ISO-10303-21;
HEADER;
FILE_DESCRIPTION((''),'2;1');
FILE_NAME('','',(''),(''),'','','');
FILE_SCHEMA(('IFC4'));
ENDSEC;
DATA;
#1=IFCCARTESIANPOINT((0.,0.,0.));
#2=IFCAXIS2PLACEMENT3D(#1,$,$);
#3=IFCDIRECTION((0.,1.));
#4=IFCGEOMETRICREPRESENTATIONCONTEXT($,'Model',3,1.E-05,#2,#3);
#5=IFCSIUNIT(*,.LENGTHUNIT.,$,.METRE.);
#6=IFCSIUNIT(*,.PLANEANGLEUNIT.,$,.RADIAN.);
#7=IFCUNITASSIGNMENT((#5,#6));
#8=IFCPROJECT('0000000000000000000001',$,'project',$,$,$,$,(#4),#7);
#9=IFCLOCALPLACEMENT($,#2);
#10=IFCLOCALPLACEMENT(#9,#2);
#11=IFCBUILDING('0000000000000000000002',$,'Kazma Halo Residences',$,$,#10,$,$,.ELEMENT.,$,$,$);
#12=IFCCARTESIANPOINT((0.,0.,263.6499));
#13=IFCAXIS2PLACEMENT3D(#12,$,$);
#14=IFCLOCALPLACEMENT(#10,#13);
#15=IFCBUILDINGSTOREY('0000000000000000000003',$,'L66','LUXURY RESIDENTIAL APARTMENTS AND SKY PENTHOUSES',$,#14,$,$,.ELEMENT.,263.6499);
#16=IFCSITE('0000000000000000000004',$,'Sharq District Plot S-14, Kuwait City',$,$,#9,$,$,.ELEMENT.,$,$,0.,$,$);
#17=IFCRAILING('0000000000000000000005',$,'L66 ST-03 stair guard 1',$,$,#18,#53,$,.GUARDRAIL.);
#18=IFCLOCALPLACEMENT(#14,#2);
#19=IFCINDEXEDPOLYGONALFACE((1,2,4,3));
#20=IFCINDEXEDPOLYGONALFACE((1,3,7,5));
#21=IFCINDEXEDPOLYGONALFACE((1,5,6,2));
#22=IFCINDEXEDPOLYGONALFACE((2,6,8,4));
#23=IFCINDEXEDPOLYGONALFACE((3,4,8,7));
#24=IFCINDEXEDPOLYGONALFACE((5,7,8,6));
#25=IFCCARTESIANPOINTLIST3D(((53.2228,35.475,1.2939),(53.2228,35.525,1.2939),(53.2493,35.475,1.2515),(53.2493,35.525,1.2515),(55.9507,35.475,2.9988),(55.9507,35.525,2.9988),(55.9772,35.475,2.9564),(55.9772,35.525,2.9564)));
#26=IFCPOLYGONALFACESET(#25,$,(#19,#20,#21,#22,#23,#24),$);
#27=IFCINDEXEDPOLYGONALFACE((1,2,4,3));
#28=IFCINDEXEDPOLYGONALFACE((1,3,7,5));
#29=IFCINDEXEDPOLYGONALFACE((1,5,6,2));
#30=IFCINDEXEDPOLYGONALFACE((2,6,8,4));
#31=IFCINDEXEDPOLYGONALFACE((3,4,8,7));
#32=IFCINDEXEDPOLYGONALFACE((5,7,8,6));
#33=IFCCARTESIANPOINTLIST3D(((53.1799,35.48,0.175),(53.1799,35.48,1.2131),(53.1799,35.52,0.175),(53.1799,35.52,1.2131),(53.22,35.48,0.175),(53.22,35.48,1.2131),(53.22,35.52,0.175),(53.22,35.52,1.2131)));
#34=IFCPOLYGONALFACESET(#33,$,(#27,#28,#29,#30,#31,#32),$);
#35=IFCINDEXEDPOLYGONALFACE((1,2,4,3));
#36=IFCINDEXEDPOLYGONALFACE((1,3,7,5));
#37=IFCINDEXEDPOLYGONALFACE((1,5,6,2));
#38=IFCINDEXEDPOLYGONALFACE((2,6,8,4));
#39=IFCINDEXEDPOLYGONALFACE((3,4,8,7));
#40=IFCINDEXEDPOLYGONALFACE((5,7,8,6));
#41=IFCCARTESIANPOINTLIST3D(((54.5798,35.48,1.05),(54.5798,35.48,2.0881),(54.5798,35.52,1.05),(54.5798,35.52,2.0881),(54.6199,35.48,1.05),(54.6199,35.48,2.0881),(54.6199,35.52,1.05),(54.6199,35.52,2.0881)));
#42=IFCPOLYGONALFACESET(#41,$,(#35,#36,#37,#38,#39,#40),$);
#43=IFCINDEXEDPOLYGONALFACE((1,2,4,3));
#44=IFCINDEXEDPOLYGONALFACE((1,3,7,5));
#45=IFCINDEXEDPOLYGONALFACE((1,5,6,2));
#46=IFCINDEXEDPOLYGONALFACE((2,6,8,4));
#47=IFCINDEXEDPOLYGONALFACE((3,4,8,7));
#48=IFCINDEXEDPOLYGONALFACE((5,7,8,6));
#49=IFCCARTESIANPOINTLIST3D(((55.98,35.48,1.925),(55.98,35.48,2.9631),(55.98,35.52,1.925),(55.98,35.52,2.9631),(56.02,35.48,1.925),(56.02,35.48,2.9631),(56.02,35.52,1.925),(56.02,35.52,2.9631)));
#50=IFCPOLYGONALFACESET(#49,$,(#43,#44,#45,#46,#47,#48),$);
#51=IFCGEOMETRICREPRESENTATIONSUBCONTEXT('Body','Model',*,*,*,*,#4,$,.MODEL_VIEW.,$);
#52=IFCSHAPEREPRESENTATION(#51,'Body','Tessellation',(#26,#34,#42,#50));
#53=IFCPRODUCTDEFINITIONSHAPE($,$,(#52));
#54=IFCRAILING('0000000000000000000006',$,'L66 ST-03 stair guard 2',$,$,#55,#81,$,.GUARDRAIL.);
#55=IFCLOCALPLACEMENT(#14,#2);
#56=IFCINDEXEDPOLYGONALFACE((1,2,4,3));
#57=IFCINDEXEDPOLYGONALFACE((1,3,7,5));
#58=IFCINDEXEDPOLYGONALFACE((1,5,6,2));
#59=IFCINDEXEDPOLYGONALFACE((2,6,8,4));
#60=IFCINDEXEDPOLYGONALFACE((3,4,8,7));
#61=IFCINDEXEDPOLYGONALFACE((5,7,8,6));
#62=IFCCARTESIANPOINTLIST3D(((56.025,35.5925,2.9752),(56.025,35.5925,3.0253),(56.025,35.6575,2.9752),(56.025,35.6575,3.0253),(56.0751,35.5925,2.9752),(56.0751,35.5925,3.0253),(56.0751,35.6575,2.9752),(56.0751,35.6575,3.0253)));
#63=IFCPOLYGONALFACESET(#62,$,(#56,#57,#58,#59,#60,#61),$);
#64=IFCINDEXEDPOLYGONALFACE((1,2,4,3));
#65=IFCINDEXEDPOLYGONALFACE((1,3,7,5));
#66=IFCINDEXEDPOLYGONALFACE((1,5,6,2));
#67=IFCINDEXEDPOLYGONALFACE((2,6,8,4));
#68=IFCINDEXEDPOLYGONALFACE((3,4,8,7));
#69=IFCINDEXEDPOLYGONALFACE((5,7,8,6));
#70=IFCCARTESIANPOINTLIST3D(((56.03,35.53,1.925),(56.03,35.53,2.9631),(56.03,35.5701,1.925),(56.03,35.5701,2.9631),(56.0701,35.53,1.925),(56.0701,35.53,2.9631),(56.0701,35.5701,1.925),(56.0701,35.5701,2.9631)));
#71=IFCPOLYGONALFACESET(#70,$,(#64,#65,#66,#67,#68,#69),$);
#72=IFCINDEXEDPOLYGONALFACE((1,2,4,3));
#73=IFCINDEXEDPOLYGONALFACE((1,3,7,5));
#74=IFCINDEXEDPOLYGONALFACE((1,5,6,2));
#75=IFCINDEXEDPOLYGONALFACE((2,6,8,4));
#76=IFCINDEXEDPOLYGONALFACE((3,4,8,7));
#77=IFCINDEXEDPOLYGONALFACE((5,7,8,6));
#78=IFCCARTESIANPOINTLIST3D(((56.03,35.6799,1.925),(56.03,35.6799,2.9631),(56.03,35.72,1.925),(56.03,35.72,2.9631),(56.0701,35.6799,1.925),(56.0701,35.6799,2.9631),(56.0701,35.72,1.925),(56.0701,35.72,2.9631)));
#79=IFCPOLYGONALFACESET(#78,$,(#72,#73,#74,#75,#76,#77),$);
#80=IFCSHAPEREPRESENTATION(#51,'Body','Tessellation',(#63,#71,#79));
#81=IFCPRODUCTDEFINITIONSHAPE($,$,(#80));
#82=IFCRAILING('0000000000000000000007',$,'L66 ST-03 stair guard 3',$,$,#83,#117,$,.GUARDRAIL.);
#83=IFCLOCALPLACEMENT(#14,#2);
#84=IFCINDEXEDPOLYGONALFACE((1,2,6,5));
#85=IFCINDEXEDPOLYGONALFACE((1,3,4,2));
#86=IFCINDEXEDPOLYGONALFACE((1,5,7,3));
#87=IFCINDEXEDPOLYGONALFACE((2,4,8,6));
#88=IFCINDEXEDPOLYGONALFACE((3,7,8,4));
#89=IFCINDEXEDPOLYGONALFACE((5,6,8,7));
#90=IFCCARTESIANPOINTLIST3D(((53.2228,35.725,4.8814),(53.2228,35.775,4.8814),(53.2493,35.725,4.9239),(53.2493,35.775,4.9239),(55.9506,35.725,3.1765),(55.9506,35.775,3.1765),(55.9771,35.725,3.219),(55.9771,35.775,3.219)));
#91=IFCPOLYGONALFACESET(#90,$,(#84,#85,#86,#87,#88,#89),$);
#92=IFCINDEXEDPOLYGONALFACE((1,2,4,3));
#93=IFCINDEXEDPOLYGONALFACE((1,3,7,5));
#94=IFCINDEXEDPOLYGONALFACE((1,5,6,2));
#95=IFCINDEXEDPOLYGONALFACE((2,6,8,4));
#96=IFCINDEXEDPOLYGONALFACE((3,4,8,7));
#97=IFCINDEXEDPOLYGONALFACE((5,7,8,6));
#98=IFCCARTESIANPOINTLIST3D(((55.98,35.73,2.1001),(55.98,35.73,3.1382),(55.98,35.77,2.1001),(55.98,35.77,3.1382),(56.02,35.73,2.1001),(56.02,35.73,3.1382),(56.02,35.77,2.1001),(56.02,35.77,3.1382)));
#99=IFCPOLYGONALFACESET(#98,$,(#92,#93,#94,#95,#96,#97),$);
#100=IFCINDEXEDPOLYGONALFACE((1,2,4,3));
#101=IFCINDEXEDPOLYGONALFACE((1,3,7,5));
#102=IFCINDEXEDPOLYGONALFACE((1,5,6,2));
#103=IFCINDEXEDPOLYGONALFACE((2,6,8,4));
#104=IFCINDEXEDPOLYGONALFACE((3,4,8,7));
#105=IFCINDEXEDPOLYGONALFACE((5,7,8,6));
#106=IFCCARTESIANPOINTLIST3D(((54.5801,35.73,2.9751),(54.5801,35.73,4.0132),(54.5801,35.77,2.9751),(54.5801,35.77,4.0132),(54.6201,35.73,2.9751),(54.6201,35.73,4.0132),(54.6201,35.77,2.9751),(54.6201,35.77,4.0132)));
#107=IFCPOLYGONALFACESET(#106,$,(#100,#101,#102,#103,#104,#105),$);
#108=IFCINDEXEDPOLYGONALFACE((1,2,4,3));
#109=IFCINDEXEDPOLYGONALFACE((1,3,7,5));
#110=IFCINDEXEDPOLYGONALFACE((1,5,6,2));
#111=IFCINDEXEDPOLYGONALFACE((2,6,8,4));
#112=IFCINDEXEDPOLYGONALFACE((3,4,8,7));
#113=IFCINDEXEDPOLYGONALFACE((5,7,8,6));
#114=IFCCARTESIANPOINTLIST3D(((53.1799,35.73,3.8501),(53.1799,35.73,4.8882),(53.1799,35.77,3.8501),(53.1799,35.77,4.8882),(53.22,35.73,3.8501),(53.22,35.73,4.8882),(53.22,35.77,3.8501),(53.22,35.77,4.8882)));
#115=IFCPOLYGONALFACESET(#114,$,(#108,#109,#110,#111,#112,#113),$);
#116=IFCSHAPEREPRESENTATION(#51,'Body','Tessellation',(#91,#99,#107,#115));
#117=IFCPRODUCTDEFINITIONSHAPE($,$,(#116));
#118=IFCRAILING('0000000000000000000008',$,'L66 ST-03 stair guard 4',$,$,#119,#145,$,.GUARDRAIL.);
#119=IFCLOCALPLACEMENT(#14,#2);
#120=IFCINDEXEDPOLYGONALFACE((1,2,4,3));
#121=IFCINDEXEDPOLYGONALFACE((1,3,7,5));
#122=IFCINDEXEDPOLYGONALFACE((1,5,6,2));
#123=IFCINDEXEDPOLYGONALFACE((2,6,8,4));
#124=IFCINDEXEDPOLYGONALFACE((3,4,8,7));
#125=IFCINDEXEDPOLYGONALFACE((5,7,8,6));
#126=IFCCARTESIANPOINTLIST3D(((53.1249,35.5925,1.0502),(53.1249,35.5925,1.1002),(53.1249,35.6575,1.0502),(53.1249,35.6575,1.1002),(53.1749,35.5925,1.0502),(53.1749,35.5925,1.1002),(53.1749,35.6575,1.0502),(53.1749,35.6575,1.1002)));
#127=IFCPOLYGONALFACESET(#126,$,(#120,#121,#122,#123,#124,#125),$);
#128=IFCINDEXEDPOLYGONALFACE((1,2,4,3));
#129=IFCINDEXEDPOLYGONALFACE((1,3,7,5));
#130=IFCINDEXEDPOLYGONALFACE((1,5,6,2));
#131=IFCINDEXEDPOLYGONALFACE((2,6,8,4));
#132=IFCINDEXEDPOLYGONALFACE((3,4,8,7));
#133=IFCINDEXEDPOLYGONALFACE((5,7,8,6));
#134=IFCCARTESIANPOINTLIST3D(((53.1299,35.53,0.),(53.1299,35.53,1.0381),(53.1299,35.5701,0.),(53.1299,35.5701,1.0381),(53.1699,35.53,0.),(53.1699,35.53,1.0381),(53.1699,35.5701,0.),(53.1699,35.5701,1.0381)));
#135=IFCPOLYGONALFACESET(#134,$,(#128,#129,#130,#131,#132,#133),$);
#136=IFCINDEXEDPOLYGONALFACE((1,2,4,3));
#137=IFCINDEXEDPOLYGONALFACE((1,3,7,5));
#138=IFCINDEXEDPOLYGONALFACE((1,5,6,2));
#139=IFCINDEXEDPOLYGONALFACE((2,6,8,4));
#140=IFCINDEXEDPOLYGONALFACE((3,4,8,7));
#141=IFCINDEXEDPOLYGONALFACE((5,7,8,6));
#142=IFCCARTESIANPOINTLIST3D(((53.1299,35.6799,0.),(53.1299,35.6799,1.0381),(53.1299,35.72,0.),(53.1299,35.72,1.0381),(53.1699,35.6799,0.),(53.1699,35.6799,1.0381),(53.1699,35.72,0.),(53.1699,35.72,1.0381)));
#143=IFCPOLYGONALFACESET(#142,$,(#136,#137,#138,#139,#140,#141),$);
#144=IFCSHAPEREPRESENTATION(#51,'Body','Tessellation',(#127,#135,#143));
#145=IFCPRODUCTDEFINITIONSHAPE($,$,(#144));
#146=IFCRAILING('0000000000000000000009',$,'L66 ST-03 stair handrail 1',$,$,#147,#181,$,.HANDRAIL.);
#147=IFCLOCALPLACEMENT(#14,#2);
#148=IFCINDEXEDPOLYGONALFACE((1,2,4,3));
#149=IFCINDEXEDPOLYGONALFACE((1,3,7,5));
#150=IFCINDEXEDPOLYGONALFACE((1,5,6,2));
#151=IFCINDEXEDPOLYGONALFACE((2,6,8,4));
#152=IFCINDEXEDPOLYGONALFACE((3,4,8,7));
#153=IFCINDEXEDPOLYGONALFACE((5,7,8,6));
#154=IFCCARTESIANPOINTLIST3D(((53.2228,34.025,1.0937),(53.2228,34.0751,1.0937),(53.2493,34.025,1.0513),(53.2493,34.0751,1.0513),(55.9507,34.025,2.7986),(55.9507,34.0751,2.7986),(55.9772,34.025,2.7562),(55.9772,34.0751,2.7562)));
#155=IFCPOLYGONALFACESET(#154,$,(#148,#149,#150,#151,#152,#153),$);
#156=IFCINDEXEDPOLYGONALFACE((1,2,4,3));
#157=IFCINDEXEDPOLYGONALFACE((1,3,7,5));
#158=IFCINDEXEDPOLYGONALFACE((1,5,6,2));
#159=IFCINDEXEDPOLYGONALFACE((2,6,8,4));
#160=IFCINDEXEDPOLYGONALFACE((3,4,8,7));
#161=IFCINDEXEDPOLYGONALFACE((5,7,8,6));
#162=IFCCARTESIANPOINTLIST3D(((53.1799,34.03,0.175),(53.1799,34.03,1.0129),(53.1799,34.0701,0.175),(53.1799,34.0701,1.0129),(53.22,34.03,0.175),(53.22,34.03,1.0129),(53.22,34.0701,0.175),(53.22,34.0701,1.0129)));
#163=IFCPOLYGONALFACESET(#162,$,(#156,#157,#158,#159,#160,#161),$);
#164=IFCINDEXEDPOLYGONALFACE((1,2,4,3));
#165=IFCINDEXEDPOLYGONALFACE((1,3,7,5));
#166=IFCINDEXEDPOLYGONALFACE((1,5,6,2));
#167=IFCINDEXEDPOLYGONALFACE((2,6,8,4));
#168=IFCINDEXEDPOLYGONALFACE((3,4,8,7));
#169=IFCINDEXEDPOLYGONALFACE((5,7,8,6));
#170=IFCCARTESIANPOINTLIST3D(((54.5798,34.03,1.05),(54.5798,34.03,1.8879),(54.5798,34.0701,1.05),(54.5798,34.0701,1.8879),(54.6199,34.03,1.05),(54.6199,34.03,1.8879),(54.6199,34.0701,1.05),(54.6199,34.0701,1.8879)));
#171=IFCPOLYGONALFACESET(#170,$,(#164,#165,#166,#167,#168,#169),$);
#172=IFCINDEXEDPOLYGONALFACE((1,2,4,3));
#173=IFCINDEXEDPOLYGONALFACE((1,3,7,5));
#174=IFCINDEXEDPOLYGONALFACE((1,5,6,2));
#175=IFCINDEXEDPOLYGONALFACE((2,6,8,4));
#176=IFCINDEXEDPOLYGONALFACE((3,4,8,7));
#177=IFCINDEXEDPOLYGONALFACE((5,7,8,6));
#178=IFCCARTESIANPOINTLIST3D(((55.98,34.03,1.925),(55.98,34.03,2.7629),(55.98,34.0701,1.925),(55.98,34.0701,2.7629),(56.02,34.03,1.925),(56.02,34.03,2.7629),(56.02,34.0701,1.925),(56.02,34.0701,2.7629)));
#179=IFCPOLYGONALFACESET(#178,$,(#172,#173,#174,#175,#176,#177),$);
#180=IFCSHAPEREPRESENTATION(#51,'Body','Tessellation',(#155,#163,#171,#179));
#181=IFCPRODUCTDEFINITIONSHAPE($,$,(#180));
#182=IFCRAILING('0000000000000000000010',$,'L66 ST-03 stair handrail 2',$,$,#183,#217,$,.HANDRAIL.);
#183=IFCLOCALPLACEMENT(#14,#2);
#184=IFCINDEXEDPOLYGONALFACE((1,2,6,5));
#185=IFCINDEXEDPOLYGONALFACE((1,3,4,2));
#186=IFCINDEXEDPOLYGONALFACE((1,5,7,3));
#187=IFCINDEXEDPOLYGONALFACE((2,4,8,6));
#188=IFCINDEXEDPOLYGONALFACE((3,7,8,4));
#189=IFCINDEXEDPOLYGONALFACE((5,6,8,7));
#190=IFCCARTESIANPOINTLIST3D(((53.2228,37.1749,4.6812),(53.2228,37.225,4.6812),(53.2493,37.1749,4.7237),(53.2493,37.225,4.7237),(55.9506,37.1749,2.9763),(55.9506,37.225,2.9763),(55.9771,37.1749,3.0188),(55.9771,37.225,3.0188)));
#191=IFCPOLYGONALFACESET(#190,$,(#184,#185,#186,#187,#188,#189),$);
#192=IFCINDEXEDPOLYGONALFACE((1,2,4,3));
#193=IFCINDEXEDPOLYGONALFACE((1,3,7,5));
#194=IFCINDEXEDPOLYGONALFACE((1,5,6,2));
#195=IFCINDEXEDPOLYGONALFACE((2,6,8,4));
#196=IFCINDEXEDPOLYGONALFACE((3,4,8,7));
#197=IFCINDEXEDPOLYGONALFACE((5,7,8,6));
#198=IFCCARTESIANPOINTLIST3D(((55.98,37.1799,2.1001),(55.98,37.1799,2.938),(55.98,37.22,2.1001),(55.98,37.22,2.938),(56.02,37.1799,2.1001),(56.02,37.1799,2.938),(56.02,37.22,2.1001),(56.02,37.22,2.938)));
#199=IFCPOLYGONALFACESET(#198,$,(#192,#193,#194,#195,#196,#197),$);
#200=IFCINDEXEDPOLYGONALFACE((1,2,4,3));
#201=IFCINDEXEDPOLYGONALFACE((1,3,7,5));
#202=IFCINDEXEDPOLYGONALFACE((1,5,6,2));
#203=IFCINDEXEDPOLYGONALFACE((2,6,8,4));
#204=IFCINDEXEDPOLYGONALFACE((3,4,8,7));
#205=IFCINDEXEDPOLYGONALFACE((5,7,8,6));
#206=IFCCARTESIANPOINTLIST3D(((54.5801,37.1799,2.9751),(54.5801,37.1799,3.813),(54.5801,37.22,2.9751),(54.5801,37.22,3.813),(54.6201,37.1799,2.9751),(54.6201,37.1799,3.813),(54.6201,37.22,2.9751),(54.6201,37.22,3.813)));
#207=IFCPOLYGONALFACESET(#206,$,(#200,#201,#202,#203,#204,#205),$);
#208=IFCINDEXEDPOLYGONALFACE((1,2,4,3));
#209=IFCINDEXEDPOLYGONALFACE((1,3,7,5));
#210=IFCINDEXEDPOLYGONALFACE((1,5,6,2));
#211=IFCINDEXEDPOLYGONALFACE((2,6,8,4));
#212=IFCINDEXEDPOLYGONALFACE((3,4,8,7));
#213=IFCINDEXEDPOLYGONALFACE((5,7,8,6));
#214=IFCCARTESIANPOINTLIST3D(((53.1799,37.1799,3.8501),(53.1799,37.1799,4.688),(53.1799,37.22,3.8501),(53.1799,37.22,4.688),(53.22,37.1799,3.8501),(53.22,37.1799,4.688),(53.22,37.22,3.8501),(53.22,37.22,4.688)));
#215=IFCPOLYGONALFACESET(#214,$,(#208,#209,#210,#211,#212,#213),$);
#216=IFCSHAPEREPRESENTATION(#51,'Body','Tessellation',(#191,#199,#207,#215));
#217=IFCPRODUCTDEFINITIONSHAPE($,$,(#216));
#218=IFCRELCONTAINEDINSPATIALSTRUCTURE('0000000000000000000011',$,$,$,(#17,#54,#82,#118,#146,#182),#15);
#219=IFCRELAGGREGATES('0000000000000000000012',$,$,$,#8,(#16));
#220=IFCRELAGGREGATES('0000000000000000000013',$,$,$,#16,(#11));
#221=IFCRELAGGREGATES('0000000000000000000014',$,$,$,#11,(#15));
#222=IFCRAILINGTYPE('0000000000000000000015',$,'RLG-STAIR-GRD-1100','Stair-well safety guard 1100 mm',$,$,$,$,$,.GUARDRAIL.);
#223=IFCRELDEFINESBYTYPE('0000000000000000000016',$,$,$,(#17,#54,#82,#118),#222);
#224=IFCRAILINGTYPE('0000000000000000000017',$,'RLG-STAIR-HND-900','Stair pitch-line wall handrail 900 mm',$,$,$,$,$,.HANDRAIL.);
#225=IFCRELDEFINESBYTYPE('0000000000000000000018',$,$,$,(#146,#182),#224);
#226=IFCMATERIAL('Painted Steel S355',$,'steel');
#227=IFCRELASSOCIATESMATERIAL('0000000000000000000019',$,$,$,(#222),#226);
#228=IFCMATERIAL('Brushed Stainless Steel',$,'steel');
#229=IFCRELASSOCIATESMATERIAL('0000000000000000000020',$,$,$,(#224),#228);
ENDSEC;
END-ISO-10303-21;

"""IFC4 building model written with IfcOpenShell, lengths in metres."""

from ifc_helpers import new_model, si_unit, direction, frame, origin, origin_2d, place, context, subcontext, project, spatial, rectangle, extrude, material, type_object, element, save


model = new_model("IFC4")

# Units and contexts
model_context = context("Model", 3, precision=1e-05, world=origin(), true_north=direction((0.0, 1.0)))
body_context = subcontext(model_context, "Body", "Model", "MODEL_VIEW")
ifc_project = project(units=[si_unit("LENGTHUNIT", "METRE"), si_unit("PLANEANGLEUNIT", "RADIAN")], contexts=[model_context])

# Site, building, storey
site_placement = place(None, origin())
site = spatial("IfcSite", under=ifc_project, at=site_placement, Name="Sharq District Plot S-14, Kuwait City", CompositionType="ELEMENT", RefElevation=0.0)
building_placement = place(site_placement, origin())
building = spatial("IfcBuilding", under=site, at=building_placement, Name="Kazma Halo Residences", CompositionType="ELEMENT")
storey_placement = place(building_placement, frame((0.0, 0.0, 263.6499)))
storey = spatial("IfcBuildingStorey", under=building, at=storey_placement, Name="L66", Description="LUXURY RESIDENTIAL APARTMENTS AND SKY PENTHOUSES", CompositionType="ELEMENT", Elevation=263.6499)

# Railings
ifc_material_1 = material(Name="Painted Steel S355", Category="steel")
railing_type_1 = type_object("IfcRailingType", Name="RLG-STAIR-GRD-1100", Description="Stair-well safety guard 1100 mm", PredefinedType="GUARDRAIL", material=ifc_material_1)
railing_1_placement = place(storey_placement, frame((53.2, 35.5, 0.175)))
element("IfcRailing", 1, at=railing_1_placement, inside=storey, type_object=railing_type_1, Name="L66 ST-03 stair guard 1", PredefinedType="GUARDRAIL", context=body_context, shape_type="SweptSolid", body=[
    extrude(rectangle(XDim=0.05, YDim=0.05, at=origin_2d()), frame((0.0361, 0.0, 1.0977), z_axis=(0.848002, 0.0, 0.529992), x_axis=(0.0, 1.0, 0.0)), (0.0, 0.0, 1.0), 3.2168),
    extrude(rectangle(XDim=0.04, YDim=0.04, at=origin_2d()), origin(), (0.0, 0.0, 1.0), 1.0381),
    extrude(rectangle(XDim=0.04, YDim=0.04, at=origin_2d()), frame((1.3999, 0.0, 0.875)), (0.0, 0.0, 1.0), 1.0381),
    extrude(rectangle(XDim=0.04, YDim=0.04, at=origin_2d()), frame((2.8, 0.0, 1.75)), (0.0, 0.0, 1.0), 1.0381),
])
railing_2_placement = place(storey_placement, frame((56.05, 35.55, 1.925)))
element("IfcRailing", 2, at=railing_2_placement, inside=storey, type_object=railing_type_1, Name="L66 ST-03 stair guard 2", PredefinedType="GUARDRAIL", context=body_context, shape_type="SweptSolid", body=[
    extrude(rectangle(XDim=0.05, YDim=0.05, at=origin_2d()), frame((0.0, 0.0425, 1.0752), z_axis=(0.0, 1.0, 0.0), x_axis=(-1.0, 0.0, 0.0)), (0.0, 0.0, 1.0), 0.0649),
    extrude(rectangle(XDim=0.04, YDim=0.04, at=origin_2d()), origin(), (0.0, 0.0, 1.0), 1.0381),
    extrude(rectangle(XDim=0.04, YDim=0.04, at=origin_2d()), frame((0.0, 0.1499, 0.0)), (0.0, 0.0, 1.0), 1.0381),
])
railing_3_placement = place(storey_placement, frame((56.0, 35.75, 2.1001)))
element("IfcRailing", 3, at=railing_3_placement, inside=storey, type_object=railing_type_1, Name="L66 ST-03 stair guard 3", PredefinedType="GUARDRAIL", context=body_context, shape_type="SweptSolid", body=[
    extrude(rectangle(XDim=0.05, YDim=0.05, at=origin_2d()), frame((-0.0361, 0.0, 1.0977), z_axis=(-0.848002, 0.0, 0.529992), x_axis=(0.0, -1.0, 0.0)), (0.0, 0.0, 1.0), 3.2168),
    extrude(rectangle(XDim=0.04, YDim=0.04, at=origin_2d()), origin(), (0.0, 0.0, 1.0), 1.0381),
    extrude(rectangle(XDim=0.04, YDim=0.04, at=origin_2d()), frame((-1.3999, 0.0, 0.875)), (0.0, 0.0, 1.0), 1.0381),
    extrude(rectangle(XDim=0.04, YDim=0.04, at=origin_2d()), frame((-2.8, 0.0, 1.75)), (0.0, 0.0, 1.0), 1.0381),
])
railing_4_placement = place(storey_placement, frame((53.1499, 35.55, 0.0)))
element("IfcRailing", 4, at=railing_4_placement, inside=storey, type_object=railing_type_1, Name="L66 ST-03 stair guard 4", PredefinedType="GUARDRAIL", context=body_context, shape_type="SweptSolid", body=[
    extrude(rectangle(XDim=0.05, YDim=0.05, at=origin_2d()), frame((0.0, 0.0425, 1.0752), z_axis=(0.0, 1.0, 0.0), x_axis=(-1.0, 0.0, 0.0)), (0.0, 0.0, 1.0), 0.0649),
    extrude(rectangle(XDim=0.04, YDim=0.04, at=origin_2d()), origin(), (0.0, 0.0, 1.0), 1.0381),
    extrude(rectangle(XDim=0.04, YDim=0.04, at=origin_2d()), frame((0.0, 0.1499, 0.0)), (0.0, 0.0, 1.0), 1.0381),
])
ifc_material_2 = material(Name="Brushed Stainless Steel", Category="steel")
railing_type_2 = type_object("IfcRailingType", Name="RLG-STAIR-HND-900", Description="Stair pitch-line wall handrail 900 mm", PredefinedType="HANDRAIL", material=ifc_material_2)
railing_5_placement = place(storey_placement, frame((53.2, 34.05, 0.175)))
element("IfcRailing", 5, at=railing_5_placement, inside=storey, type_object=railing_type_2, Name="L66 ST-03 stair handrail 1", PredefinedType="HANDRAIL", context=body_context, shape_type="SweptSolid", body=[
    extrude(rectangle(XDim=0.05, YDim=0.05, at=origin_2d()), frame((0.0361, 0.0, 0.8975), z_axis=(0.848002, 0.0, 0.529992), x_axis=(0.0, 1.0, 0.0)), (0.0, 0.0, 1.0), 3.2168),
    extrude(rectangle(XDim=0.04, YDim=0.04, at=origin_2d()), origin(), (0.0, 0.0, 1.0), 0.8379),
    extrude(rectangle(XDim=0.04, YDim=0.04, at=origin_2d()), frame((1.3999, 0.0, 0.875)), (0.0, 0.0, 1.0), 0.8379),
    extrude(rectangle(XDim=0.04, YDim=0.04, at=origin_2d()), frame((2.8, 0.0, 1.75)), (0.0, 0.0, 1.0), 0.8379),
])
railing_6_placement = place(storey_placement, frame((56.0, 37.2, 2.1001)))
element("IfcRailing", 6, at=railing_6_placement, inside=storey, type_object=railing_type_2, Name="L66 ST-03 stair handrail 2", PredefinedType="HANDRAIL", context=body_context, shape_type="SweptSolid", body=[
    extrude(rectangle(XDim=0.05, YDim=0.05, at=origin_2d()), frame((-0.0361, 0.0, 0.8975), z_axis=(-0.848002, 0.0, 0.529992), x_axis=(0.0, -1.0, 0.0)), (0.0, 0.0, 1.0), 3.2168),
    extrude(rectangle(XDim=0.04, YDim=0.04, at=origin_2d()), origin(), (0.0, 0.0, 1.0), 0.8379),
    extrude(rectangle(XDim=0.04, YDim=0.04, at=origin_2d()), frame((-1.3999, 0.0, 0.875)), (0.0, 0.0, 1.0), 0.8379),
    extrude(rectangle(XDim=0.04, YDim=0.04, at=origin_2d()), frame((-2.8, 0.0, 1.75)), (0.0, 0.0, 1.0), 0.8379),
])

save(model, "model.ifc")
